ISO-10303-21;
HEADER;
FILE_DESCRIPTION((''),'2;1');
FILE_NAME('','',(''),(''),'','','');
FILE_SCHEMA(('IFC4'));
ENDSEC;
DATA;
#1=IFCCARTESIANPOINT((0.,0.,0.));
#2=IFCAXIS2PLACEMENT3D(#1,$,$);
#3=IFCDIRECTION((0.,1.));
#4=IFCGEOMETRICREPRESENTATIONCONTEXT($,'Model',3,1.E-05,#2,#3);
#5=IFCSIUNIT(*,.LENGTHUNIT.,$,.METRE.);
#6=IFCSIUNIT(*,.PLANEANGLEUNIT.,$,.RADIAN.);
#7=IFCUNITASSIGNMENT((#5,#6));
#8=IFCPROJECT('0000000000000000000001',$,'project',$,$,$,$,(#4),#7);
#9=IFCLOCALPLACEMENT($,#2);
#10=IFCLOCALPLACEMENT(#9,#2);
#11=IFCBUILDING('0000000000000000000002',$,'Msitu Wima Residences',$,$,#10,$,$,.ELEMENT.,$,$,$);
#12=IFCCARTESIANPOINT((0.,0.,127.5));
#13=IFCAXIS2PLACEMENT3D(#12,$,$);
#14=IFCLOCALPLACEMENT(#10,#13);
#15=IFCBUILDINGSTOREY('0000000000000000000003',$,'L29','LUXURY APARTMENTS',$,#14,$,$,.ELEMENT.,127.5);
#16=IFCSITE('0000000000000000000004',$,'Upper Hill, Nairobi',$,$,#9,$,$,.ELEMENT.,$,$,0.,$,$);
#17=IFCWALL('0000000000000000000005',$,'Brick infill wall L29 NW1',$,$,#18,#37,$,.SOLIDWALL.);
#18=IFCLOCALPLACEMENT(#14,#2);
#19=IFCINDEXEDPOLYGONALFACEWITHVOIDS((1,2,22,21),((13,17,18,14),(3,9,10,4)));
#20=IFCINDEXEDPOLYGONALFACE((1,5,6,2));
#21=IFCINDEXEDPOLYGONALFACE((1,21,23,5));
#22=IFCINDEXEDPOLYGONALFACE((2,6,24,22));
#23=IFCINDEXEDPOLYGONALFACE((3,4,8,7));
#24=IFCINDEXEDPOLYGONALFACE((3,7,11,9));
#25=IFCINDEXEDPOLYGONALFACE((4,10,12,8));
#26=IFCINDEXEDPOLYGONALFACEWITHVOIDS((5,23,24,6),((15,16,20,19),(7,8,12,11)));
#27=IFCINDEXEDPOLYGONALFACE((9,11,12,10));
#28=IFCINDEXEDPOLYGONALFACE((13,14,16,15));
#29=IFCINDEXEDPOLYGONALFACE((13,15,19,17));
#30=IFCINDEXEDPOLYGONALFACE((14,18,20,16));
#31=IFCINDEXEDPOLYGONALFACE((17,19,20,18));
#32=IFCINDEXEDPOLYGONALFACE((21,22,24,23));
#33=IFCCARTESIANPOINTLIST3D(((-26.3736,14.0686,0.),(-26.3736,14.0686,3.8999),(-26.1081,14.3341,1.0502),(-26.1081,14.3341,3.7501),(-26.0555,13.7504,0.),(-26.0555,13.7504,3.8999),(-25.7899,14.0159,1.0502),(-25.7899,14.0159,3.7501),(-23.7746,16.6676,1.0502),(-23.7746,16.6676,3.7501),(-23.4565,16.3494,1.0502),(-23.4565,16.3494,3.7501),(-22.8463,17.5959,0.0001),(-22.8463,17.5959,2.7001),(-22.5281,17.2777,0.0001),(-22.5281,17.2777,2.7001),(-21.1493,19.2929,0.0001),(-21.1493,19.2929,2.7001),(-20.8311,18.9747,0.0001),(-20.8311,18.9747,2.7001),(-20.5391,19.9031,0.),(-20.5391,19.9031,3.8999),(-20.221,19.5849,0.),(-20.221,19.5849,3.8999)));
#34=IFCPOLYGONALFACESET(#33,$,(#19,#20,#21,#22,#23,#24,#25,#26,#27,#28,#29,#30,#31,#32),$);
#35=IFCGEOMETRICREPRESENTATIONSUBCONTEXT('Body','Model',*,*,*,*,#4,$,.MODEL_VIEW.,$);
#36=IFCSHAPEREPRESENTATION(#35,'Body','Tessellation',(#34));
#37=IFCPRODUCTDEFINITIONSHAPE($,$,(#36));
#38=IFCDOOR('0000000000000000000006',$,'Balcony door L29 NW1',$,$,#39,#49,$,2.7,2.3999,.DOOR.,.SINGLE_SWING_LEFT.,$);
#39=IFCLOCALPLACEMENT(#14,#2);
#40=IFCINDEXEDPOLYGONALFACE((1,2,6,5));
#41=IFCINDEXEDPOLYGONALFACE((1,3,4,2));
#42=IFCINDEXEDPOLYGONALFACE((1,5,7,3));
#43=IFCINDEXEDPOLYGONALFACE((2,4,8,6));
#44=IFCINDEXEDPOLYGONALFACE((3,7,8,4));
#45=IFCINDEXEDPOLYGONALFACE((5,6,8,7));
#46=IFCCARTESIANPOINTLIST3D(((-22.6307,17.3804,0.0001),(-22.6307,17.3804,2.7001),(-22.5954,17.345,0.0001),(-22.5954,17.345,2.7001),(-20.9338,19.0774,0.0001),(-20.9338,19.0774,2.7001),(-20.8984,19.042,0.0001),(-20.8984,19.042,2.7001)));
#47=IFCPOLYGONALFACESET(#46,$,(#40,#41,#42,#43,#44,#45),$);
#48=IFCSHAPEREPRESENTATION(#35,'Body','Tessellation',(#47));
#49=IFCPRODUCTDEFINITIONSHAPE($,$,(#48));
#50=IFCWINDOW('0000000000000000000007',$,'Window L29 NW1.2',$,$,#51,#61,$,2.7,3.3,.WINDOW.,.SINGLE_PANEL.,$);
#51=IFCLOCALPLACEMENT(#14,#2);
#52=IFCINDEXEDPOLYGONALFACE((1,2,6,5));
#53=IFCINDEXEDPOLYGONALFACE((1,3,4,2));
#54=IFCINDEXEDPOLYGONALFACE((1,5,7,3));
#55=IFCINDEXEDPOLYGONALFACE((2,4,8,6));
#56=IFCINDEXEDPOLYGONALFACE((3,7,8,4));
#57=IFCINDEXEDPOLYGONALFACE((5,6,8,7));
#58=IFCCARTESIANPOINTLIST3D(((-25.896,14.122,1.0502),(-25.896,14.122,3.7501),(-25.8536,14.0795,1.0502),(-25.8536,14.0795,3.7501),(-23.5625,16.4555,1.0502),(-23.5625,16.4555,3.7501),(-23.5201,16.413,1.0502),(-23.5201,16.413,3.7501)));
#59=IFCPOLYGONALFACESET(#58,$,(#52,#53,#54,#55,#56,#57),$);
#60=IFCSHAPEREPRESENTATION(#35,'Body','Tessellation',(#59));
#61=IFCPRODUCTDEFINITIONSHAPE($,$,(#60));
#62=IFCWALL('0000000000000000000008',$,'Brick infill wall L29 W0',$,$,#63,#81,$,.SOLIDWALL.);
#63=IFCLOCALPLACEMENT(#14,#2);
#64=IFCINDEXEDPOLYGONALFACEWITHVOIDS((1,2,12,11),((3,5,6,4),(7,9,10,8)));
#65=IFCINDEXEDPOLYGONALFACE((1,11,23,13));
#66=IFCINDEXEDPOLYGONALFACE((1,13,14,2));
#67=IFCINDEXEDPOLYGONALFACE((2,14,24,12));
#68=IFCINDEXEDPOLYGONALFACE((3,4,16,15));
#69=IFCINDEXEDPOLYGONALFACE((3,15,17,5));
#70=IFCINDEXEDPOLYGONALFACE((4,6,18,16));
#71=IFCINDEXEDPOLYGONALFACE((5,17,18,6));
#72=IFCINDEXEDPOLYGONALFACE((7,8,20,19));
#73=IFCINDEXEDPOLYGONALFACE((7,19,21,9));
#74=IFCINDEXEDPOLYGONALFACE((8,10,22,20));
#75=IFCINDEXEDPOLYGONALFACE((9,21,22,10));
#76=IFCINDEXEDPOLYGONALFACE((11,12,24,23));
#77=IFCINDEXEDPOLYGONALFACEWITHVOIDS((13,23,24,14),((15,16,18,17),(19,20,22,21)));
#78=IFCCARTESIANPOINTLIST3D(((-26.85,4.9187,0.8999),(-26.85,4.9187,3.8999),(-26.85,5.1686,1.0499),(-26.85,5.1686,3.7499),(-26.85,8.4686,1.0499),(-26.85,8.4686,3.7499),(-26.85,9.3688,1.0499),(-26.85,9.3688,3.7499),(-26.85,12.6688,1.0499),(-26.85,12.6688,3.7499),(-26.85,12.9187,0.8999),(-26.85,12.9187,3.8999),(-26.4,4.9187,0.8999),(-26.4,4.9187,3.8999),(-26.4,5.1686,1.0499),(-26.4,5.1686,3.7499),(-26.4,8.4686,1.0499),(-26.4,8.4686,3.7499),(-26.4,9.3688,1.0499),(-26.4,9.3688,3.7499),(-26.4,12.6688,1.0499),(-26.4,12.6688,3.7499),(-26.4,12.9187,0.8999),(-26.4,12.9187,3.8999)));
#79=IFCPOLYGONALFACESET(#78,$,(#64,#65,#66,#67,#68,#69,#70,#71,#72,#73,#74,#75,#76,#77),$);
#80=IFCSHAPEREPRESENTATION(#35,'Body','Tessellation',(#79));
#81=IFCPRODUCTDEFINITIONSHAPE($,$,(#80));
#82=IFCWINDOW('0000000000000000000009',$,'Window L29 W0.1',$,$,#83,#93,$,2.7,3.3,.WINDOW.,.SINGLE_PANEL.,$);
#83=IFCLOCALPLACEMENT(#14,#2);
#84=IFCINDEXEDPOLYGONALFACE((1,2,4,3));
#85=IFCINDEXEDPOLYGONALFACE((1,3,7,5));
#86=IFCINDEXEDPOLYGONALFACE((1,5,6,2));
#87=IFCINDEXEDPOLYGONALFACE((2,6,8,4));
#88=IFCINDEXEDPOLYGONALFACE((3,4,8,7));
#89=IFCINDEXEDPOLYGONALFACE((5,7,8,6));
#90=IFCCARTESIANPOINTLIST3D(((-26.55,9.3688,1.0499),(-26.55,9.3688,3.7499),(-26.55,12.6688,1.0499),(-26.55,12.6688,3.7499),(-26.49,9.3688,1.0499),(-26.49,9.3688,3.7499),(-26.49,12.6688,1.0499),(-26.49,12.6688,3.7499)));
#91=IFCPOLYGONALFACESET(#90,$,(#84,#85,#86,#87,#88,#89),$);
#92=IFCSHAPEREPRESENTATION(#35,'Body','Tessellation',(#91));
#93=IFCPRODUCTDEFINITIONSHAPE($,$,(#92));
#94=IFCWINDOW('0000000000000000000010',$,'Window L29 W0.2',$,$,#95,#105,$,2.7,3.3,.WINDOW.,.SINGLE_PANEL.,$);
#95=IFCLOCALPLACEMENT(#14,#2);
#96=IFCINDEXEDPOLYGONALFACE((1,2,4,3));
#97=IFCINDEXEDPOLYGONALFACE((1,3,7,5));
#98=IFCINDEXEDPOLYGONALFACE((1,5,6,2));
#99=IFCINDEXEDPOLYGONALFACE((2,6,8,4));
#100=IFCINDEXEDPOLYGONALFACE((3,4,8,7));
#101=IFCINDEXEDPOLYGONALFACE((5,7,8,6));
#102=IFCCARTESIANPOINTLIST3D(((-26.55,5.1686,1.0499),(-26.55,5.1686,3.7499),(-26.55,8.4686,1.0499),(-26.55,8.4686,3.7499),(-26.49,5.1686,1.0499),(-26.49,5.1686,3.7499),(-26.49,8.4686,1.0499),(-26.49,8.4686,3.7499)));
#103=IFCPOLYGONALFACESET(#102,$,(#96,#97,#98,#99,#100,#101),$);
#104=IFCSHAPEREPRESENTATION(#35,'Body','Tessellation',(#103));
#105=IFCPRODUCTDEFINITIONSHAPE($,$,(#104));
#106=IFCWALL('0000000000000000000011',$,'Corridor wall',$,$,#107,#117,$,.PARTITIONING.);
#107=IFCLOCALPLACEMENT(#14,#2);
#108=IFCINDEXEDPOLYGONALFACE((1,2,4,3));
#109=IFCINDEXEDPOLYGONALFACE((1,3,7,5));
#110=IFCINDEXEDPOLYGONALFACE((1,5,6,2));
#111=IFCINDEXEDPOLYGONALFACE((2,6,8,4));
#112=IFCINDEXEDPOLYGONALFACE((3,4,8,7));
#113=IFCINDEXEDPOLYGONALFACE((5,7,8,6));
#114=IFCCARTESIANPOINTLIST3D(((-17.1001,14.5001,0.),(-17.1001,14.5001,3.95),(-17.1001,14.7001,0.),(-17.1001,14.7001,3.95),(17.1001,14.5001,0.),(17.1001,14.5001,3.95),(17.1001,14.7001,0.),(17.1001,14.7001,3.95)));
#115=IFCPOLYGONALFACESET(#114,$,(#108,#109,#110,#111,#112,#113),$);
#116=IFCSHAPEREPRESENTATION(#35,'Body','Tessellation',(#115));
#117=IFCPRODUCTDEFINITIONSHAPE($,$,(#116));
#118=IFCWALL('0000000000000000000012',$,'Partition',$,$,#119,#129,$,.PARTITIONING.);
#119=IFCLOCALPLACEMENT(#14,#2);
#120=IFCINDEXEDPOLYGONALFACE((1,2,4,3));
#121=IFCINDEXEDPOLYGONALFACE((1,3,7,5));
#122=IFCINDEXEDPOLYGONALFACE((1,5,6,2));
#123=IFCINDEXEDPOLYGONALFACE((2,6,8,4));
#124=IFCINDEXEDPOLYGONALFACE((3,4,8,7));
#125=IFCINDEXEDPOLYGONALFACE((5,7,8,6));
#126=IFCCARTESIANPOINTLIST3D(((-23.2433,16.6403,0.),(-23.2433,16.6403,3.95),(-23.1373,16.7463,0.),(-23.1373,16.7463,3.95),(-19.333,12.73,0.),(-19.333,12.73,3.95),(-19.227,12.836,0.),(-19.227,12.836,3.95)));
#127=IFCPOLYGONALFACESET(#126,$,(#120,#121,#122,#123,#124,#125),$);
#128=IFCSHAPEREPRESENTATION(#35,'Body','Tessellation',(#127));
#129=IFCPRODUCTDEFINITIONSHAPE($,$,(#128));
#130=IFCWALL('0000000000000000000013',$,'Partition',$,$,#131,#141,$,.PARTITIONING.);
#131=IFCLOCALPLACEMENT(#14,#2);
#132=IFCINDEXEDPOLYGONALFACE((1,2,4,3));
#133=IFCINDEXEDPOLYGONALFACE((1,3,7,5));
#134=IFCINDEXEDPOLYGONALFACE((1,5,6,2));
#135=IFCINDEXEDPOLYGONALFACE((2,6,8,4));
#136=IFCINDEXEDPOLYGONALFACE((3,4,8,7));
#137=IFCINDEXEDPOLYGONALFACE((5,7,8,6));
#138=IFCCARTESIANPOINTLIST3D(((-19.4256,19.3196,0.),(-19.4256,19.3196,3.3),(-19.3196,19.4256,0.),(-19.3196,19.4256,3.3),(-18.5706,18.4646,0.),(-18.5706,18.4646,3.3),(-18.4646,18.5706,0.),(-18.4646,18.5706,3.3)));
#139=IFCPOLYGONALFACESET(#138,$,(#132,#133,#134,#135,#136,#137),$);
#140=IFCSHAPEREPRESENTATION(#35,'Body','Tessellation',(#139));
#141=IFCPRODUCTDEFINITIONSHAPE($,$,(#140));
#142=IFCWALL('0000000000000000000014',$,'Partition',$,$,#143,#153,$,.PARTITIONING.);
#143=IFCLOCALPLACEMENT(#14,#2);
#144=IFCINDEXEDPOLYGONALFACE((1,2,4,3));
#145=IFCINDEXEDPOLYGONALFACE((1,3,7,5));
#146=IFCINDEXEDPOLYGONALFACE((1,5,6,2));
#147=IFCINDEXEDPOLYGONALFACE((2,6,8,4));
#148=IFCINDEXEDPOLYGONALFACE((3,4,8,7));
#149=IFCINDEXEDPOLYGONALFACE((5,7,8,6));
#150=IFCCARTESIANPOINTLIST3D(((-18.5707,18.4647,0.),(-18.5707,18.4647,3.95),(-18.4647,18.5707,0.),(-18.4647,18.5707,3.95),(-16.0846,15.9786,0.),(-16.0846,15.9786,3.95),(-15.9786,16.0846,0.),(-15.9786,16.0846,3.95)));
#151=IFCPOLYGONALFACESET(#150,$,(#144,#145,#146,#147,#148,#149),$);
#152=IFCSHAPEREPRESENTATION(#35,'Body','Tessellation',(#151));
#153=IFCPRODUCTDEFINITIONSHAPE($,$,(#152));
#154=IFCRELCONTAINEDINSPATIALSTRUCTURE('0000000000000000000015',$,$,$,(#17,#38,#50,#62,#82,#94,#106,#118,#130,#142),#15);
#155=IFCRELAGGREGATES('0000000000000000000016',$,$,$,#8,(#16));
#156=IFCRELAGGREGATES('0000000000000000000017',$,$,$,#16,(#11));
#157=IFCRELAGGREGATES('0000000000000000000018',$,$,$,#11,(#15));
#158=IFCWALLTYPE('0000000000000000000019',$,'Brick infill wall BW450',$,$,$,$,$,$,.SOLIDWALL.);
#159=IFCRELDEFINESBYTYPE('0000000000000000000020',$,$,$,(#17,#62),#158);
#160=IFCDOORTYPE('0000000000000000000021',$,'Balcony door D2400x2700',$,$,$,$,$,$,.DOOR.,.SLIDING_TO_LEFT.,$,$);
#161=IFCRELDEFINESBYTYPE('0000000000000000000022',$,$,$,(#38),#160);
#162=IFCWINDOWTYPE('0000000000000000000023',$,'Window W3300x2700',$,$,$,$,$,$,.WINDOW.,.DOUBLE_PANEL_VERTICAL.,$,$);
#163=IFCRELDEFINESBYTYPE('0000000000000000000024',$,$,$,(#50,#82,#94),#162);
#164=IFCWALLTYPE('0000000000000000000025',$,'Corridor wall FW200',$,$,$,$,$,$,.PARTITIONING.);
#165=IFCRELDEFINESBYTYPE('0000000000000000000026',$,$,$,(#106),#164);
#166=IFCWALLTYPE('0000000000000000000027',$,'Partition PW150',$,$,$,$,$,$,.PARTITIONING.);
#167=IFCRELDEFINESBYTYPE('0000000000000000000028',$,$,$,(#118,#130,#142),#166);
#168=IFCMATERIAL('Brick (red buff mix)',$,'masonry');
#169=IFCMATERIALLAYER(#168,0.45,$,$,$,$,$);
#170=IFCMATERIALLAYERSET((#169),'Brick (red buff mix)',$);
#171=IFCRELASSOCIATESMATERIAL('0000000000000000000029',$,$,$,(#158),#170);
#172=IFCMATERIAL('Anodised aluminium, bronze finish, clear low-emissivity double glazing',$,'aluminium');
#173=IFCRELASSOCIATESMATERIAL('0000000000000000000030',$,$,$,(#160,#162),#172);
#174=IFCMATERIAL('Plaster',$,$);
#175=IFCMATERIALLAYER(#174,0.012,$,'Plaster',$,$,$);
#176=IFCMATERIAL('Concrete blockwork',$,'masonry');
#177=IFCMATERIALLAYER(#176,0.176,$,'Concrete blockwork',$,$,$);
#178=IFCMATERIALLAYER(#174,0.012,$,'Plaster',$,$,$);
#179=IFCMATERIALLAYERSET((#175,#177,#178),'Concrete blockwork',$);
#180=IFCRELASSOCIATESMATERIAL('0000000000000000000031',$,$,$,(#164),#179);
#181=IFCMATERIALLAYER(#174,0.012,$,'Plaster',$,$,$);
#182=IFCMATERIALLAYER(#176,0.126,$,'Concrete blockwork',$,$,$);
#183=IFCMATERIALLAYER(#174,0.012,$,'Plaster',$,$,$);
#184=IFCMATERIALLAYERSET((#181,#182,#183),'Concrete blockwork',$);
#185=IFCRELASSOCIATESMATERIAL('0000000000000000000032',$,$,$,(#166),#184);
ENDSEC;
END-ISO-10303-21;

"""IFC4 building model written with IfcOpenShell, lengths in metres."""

from ifc_helpers import new_model, si_unit, direction, frame, frame_2d, origin, place, context, subcontext, project, spatial, rectangle, extrude, material, layer, layer_set, type_object, element, fill, save


model = new_model("IFC4")

# Units and contexts
model_context = context("Model", 3, precision=1e-05, world=origin(), true_north=direction((0.0, 1.0)))
body_context = subcontext(model_context, "Body", "Model", "MODEL_VIEW")
ifc_project = project(units=[si_unit("LENGTHUNIT", "METRE"), si_unit("PLANEANGLEUNIT", "RADIAN")], contexts=[model_context])

# Site, building, storey
site_placement = place(None, origin())
site = spatial("IfcSite", under=ifc_project, at=site_placement, Name="Upper Hill, Nairobi", CompositionType="ELEMENT", RefElevation=0.0)
building_placement = place(site_placement, origin())
building = spatial("IfcBuilding", under=site, at=building_placement, Name="Msitu Wima Residences", CompositionType="ELEMENT")
storey_placement = place(building_placement, frame((0.0, 0.0, 127.5)))
storey = spatial("IfcBuildingStorey", under=building, at=storey_placement, Name="L29", Description="LUXURY APARTMENTS", CompositionType="ELEMENT", Elevation=127.5)

# Wall, openings, door, window
ifc_material_1 = material(Name="Brick (red buff mix)", Category="masonry")
ifc_layer_1 = layer(ifc_material_1, 0.45)
ifc_layer_set_1 = layer_set([ifc_layer_1], Name="Brick (red buff mix)")
wall_type_1 = type_object("IfcWallType", Name="Brick infill wall BW450", PredefinedType="SOLIDWALL", material=ifc_layer_set_1)
wall_1_placement = place(storey_placement, frame((-20.3801, 19.7439, 0.0), z_axis=(0.0, 0.0, 1.0), x_axis=(-0.707107, -0.707107, 0.0)))
wall_1 = element("IfcWall", 1, at=wall_1_placement, inside=storey, type_object=wall_type_1, Name="Brick infill wall L29 NW1", PredefinedType="SOLIDWALL", context=body_context, shape_type="SweptSolid", body=[
    extrude(rectangle(XDim=8.2512, YDim=0.45, at=frame_2d((4.1255, 0.0))), origin(), (0.0, 0.0, 1.0), 3.8999),
])
opening_1_placement = place(wall_1_placement, frame((0.8628, 0.0, 0.0)))
opening_1 = element("IfcOpeningElement", 2, at=opening_1_placement, cuts=wall_1, PredefinedType="OPENING", context=body_context, shape_type="SweptSolid", body=[
    extrude(rectangle(XDim=2.3999, YDim=2.7, at=frame_2d((1.2, 1.3501))), frame((0.0, 0.2349, 0.0), z_axis=(0.0, -1.0, 0.0), x_axis=(1.0, 0.0, 0.0)), (0.0, 0.0, 1.0), 0.47),
])
opening_2_placement = place(wall_1_placement, frame((4.5757, 0.0, 1.05)))
opening_2 = element("IfcOpeningElement", 3, at=opening_2_placement, cuts=wall_1, PredefinedType="OPENING", context=body_context, shape_type="SweptSolid", body=[
    extrude(rectangle(XDim=3.3, YDim=2.7, at=frame_2d((1.6499, 1.3501))), frame((0.0, 0.2349, 0.0), z_axis=(0.0, -1.0, 0.0), x_axis=(1.0, 0.0, 0.0)), (0.0, 0.0, 1.0), 0.47),
])
ifc_material_2 = material(Name="Anodised aluminium, bronze finish, clear low-emissivity double glazing", Category="aluminium")
door_type_1 = type_object("IfcDoorType", Name="Balcony door D2400x2700", OperationType="SLIDING_TO_LEFT", PredefinedType="DOOR", material=ifc_material_2)
door_1_placement = place(opening_1_placement, origin())
door_1 = element("IfcDoor", 4, at=door_1_placement, inside=storey, type_object=door_type_1, Name="Balcony door L29 NW1", OperationType="SINGLE_SWING_LEFT", OverallHeight=2.7, OverallWidth=2.3999, PredefinedType="DOOR", context=body_context, shape_type="SweptSolid", body=[
    extrude(rectangle(XDim=2.3999, YDim=2.7, at=frame_2d((1.2, 1.3501))), frame((0.0, 0.1299, 0.0), z_axis=(0.0, -1.0, 0.0), x_axis=(1.0, 0.0, 0.0)), (0.0, 0.0, 1.0), 0.05),
])
fill(opening_1, door_1)
window_type = type_object("IfcWindowType", Name="Window W3300x2700", PartitioningType="DOUBLE_PANEL_VERTICAL", PredefinedType="WINDOW", material=ifc_material_2)
window_1_placement = place(opening_2_placement, origin())
window_1 = element("IfcWindow", 5, at=window_1_placement, inside=storey, type_object=window_type, Name="Window L29 NW1.2", OverallHeight=2.7, OverallWidth=3.3, PartitioningType="SINGLE_PANEL", PredefinedType="WINDOW", context=body_context, shape_type="SweptSolid", body=[
    extrude(rectangle(XDim=3.3, YDim=2.7, at=frame_2d((1.6499, 1.3501))), frame((0.0, 0.135, 0.0), z_axis=(0.0, -1.0, 0.0), x_axis=(1.0, 0.0, 0.0)), (0.0, 0.0, 1.0), 0.0601),
])
fill(opening_2, window_1)

# Wall, openings, windows
wall_2_placement = place(storey_placement, frame((-26.625, 12.9187, 0.8999), z_axis=(0.0, 0.0, 1.0), x_axis=(0.0, -1.0, 0.0)))
wall_2 = element("IfcWall", 6, at=wall_2_placement, inside=storey, type_object=wall_type_1, Name="Brick infill wall L29 W0", PredefinedType="SOLIDWALL", context=body_context, shape_type="SweptSolid", body=[
    extrude(rectangle(XDim=8.0, YDim=0.45, at=frame_2d((4.0, 0.0))), origin(), (0.0, 0.0, 1.0), 3.0),
])
opening_3_placement = place(wall_2_placement, frame((0.25, 0.0, 0.1499)))
opening_3 = element("IfcOpeningElement", 7, at=opening_3_placement, cuts=wall_2, PredefinedType="OPENING", context=body_context, shape_type="SweptSolid", body=[
    extrude(rectangle(XDim=3.3, YDim=2.7, at=frame_2d((1.6499, 1.3501))), frame((0.0, 0.2349, 0.0), z_axis=(0.0, -1.0, 0.0), x_axis=(1.0, 0.0, 0.0)), (0.0, 0.0, 1.0), 0.47),
])
opening_4_placement = place(wall_2_placement, frame((4.4502, 0.0, 0.1499)))
opening_4 = element("IfcOpeningElement", 8, at=opening_4_placement, cuts=wall_2, PredefinedType="OPENING", context=body_context, shape_type="SweptSolid", body=[
    extrude(rectangle(XDim=3.3, YDim=2.7, at=frame_2d((1.6499, 1.3501))), frame((0.0, 0.2349, 0.0), z_axis=(0.0, -1.0, 0.0), x_axis=(1.0, 0.0, 0.0)), (0.0, 0.0, 1.0), 0.47),
])
window_2_placement = place(opening_3_placement, origin())
window_2 = element("IfcWindow", 9, at=window_2_placement, inside=storey, type_object=window_type, Name="Window L29 W0.1", OverallHeight=2.7, OverallWidth=3.3, PartitioningType="SINGLE_PANEL", PredefinedType="WINDOW", context=body_context, shape_type="SweptSolid", body=[
    extrude(rectangle(XDim=3.3, YDim=2.7, at=frame_2d((1.6499, 1.3501))), frame((0.0, 0.135, 0.0), z_axis=(0.0, -1.0, 0.0), x_axis=(1.0, 0.0, 0.0)), (0.0, 0.0, 1.0), 0.0601),
])
fill(opening_3, window_2)
window_3_placement = place(opening_4_placement, origin())
window_3 = element("IfcWindow", 10, at=window_3_placement, inside=storey, type_object=window_type, Name="Window L29 W0.2", OverallHeight=2.7, OverallWidth=3.3, PartitioningType="SINGLE_PANEL", PredefinedType="WINDOW", context=body_context, shape_type="SweptSolid", body=[
    extrude(rectangle(XDim=3.3, YDim=2.7, at=frame_2d((1.6499, 1.3501))), frame((0.0, 0.135, 0.0), z_axis=(0.0, -1.0, 0.0), x_axis=(1.0, 0.0, 0.0)), (0.0, 0.0, 1.0), 0.0601),
])
fill(opening_4, window_3)

# Walls
ifc_material_3 = material(Name="Plaster")
ifc_layer_2 = layer(ifc_material_3, 0.012, Name="Plaster")
ifc_material_4 = material(Name="Concrete blockwork", Category="masonry")
ifc_layer_3 = layer(ifc_material_4, 0.176, Name="Concrete blockwork")
ifc_layer_4 = layer(ifc_material_3, 0.012, Name="Plaster")
ifc_layer_set_2 = layer_set([ifc_layer_2, ifc_layer_3, ifc_layer_4], Name="Concrete blockwork")
wall_type_2 = type_object("IfcWallType", Name="Corridor wall FW200", PredefinedType="PARTITIONING", material=ifc_layer_set_2)
wall_3_placement = place(storey_placement, frame((-17.1001, 14.6001, 0.0), z_axis=(0.0, 0.0, 1.0), x_axis=(1.0, 0.0, 0.0)))
element("IfcWall", 11, at=wall_3_placement, inside=storey, type_object=wall_type_2, Name="Corridor wall", PredefinedType="PARTITIONING", context=body_context, shape_type="SweptSolid", body=[
    extrude(rectangle(XDim=34.2002, YDim=0.2, at=frame_2d((17.1001, 0.0))), origin(), (0.0, 0.0, 1.0), 3.95),
])
ifc_layer_5 = layer(ifc_material_3, 0.012, Name="Plaster")
ifc_layer_6 = layer(ifc_material_4, 0.126, Name="Concrete blockwork")
ifc_layer_7 = layer(ifc_material_3, 0.012, Name="Plaster")
ifc_layer_set_3 = layer_set([ifc_layer_5, ifc_layer_6, ifc_layer_7], Name="Concrete blockwork")
wall_type_3 = type_object("IfcWallType", Name="Partition PW150", PredefinedType="PARTITIONING", material=ifc_layer_set_3)
wall_4_placement = place(storey_placement, frame((-23.1904, 16.6934, 0.0), z_axis=(0.0, 0.0, 1.0), x_axis=(0.707107, -0.707107, 0.0)))
element("IfcWall", 12, at=wall_4_placement, inside=storey, type_object=wall_type_3, Name="Partition", PredefinedType="PARTITIONING", context=body_context, shape_type="SweptSolid", body=[
    extrude(rectangle(XDim=5.53, YDim=0.1499, at=frame_2d((2.7651, 0.0))), origin(), (0.0, 0.0, 1.0), 3.95),
])
wall_5_placement = place(storey_placement, frame((-19.3726, 19.3726, 0.0), z_axis=(0.0, 0.0, 1.0), x_axis=(0.707107, -0.707107, 0.0)))
element("IfcWall", 13, at=wall_5_placement, inside=storey, type_object=wall_type_3, Name="Partition", PredefinedType="PARTITIONING", context=body_context, shape_type="SweptSolid", body=[
    extrude(rectangle(XDim=1.2092, YDim=0.1499, at=frame_2d((0.6045, 0.0))), origin(), (0.0, 0.0, 1.0), 3.3),
])
wall_6_placement = place(storey_placement, frame((-18.5176, 18.5176, 0.0), z_axis=(0.0, 0.0, 1.0), x_axis=(0.707107, -0.707107, 0.0)))
element("IfcWall", 14, at=wall_6_placement, inside=storey, type_object=wall_type_3, Name="Partition", PredefinedType="PARTITIONING", context=body_context, shape_type="SweptSolid", body=[
    extrude(rectangle(XDim=3.5159, YDim=0.1499, at=frame_2d((1.7578, 0.0))), origin(), (0.0, 0.0, 1.0), 3.95),
])

save(model, "model.ifc")
